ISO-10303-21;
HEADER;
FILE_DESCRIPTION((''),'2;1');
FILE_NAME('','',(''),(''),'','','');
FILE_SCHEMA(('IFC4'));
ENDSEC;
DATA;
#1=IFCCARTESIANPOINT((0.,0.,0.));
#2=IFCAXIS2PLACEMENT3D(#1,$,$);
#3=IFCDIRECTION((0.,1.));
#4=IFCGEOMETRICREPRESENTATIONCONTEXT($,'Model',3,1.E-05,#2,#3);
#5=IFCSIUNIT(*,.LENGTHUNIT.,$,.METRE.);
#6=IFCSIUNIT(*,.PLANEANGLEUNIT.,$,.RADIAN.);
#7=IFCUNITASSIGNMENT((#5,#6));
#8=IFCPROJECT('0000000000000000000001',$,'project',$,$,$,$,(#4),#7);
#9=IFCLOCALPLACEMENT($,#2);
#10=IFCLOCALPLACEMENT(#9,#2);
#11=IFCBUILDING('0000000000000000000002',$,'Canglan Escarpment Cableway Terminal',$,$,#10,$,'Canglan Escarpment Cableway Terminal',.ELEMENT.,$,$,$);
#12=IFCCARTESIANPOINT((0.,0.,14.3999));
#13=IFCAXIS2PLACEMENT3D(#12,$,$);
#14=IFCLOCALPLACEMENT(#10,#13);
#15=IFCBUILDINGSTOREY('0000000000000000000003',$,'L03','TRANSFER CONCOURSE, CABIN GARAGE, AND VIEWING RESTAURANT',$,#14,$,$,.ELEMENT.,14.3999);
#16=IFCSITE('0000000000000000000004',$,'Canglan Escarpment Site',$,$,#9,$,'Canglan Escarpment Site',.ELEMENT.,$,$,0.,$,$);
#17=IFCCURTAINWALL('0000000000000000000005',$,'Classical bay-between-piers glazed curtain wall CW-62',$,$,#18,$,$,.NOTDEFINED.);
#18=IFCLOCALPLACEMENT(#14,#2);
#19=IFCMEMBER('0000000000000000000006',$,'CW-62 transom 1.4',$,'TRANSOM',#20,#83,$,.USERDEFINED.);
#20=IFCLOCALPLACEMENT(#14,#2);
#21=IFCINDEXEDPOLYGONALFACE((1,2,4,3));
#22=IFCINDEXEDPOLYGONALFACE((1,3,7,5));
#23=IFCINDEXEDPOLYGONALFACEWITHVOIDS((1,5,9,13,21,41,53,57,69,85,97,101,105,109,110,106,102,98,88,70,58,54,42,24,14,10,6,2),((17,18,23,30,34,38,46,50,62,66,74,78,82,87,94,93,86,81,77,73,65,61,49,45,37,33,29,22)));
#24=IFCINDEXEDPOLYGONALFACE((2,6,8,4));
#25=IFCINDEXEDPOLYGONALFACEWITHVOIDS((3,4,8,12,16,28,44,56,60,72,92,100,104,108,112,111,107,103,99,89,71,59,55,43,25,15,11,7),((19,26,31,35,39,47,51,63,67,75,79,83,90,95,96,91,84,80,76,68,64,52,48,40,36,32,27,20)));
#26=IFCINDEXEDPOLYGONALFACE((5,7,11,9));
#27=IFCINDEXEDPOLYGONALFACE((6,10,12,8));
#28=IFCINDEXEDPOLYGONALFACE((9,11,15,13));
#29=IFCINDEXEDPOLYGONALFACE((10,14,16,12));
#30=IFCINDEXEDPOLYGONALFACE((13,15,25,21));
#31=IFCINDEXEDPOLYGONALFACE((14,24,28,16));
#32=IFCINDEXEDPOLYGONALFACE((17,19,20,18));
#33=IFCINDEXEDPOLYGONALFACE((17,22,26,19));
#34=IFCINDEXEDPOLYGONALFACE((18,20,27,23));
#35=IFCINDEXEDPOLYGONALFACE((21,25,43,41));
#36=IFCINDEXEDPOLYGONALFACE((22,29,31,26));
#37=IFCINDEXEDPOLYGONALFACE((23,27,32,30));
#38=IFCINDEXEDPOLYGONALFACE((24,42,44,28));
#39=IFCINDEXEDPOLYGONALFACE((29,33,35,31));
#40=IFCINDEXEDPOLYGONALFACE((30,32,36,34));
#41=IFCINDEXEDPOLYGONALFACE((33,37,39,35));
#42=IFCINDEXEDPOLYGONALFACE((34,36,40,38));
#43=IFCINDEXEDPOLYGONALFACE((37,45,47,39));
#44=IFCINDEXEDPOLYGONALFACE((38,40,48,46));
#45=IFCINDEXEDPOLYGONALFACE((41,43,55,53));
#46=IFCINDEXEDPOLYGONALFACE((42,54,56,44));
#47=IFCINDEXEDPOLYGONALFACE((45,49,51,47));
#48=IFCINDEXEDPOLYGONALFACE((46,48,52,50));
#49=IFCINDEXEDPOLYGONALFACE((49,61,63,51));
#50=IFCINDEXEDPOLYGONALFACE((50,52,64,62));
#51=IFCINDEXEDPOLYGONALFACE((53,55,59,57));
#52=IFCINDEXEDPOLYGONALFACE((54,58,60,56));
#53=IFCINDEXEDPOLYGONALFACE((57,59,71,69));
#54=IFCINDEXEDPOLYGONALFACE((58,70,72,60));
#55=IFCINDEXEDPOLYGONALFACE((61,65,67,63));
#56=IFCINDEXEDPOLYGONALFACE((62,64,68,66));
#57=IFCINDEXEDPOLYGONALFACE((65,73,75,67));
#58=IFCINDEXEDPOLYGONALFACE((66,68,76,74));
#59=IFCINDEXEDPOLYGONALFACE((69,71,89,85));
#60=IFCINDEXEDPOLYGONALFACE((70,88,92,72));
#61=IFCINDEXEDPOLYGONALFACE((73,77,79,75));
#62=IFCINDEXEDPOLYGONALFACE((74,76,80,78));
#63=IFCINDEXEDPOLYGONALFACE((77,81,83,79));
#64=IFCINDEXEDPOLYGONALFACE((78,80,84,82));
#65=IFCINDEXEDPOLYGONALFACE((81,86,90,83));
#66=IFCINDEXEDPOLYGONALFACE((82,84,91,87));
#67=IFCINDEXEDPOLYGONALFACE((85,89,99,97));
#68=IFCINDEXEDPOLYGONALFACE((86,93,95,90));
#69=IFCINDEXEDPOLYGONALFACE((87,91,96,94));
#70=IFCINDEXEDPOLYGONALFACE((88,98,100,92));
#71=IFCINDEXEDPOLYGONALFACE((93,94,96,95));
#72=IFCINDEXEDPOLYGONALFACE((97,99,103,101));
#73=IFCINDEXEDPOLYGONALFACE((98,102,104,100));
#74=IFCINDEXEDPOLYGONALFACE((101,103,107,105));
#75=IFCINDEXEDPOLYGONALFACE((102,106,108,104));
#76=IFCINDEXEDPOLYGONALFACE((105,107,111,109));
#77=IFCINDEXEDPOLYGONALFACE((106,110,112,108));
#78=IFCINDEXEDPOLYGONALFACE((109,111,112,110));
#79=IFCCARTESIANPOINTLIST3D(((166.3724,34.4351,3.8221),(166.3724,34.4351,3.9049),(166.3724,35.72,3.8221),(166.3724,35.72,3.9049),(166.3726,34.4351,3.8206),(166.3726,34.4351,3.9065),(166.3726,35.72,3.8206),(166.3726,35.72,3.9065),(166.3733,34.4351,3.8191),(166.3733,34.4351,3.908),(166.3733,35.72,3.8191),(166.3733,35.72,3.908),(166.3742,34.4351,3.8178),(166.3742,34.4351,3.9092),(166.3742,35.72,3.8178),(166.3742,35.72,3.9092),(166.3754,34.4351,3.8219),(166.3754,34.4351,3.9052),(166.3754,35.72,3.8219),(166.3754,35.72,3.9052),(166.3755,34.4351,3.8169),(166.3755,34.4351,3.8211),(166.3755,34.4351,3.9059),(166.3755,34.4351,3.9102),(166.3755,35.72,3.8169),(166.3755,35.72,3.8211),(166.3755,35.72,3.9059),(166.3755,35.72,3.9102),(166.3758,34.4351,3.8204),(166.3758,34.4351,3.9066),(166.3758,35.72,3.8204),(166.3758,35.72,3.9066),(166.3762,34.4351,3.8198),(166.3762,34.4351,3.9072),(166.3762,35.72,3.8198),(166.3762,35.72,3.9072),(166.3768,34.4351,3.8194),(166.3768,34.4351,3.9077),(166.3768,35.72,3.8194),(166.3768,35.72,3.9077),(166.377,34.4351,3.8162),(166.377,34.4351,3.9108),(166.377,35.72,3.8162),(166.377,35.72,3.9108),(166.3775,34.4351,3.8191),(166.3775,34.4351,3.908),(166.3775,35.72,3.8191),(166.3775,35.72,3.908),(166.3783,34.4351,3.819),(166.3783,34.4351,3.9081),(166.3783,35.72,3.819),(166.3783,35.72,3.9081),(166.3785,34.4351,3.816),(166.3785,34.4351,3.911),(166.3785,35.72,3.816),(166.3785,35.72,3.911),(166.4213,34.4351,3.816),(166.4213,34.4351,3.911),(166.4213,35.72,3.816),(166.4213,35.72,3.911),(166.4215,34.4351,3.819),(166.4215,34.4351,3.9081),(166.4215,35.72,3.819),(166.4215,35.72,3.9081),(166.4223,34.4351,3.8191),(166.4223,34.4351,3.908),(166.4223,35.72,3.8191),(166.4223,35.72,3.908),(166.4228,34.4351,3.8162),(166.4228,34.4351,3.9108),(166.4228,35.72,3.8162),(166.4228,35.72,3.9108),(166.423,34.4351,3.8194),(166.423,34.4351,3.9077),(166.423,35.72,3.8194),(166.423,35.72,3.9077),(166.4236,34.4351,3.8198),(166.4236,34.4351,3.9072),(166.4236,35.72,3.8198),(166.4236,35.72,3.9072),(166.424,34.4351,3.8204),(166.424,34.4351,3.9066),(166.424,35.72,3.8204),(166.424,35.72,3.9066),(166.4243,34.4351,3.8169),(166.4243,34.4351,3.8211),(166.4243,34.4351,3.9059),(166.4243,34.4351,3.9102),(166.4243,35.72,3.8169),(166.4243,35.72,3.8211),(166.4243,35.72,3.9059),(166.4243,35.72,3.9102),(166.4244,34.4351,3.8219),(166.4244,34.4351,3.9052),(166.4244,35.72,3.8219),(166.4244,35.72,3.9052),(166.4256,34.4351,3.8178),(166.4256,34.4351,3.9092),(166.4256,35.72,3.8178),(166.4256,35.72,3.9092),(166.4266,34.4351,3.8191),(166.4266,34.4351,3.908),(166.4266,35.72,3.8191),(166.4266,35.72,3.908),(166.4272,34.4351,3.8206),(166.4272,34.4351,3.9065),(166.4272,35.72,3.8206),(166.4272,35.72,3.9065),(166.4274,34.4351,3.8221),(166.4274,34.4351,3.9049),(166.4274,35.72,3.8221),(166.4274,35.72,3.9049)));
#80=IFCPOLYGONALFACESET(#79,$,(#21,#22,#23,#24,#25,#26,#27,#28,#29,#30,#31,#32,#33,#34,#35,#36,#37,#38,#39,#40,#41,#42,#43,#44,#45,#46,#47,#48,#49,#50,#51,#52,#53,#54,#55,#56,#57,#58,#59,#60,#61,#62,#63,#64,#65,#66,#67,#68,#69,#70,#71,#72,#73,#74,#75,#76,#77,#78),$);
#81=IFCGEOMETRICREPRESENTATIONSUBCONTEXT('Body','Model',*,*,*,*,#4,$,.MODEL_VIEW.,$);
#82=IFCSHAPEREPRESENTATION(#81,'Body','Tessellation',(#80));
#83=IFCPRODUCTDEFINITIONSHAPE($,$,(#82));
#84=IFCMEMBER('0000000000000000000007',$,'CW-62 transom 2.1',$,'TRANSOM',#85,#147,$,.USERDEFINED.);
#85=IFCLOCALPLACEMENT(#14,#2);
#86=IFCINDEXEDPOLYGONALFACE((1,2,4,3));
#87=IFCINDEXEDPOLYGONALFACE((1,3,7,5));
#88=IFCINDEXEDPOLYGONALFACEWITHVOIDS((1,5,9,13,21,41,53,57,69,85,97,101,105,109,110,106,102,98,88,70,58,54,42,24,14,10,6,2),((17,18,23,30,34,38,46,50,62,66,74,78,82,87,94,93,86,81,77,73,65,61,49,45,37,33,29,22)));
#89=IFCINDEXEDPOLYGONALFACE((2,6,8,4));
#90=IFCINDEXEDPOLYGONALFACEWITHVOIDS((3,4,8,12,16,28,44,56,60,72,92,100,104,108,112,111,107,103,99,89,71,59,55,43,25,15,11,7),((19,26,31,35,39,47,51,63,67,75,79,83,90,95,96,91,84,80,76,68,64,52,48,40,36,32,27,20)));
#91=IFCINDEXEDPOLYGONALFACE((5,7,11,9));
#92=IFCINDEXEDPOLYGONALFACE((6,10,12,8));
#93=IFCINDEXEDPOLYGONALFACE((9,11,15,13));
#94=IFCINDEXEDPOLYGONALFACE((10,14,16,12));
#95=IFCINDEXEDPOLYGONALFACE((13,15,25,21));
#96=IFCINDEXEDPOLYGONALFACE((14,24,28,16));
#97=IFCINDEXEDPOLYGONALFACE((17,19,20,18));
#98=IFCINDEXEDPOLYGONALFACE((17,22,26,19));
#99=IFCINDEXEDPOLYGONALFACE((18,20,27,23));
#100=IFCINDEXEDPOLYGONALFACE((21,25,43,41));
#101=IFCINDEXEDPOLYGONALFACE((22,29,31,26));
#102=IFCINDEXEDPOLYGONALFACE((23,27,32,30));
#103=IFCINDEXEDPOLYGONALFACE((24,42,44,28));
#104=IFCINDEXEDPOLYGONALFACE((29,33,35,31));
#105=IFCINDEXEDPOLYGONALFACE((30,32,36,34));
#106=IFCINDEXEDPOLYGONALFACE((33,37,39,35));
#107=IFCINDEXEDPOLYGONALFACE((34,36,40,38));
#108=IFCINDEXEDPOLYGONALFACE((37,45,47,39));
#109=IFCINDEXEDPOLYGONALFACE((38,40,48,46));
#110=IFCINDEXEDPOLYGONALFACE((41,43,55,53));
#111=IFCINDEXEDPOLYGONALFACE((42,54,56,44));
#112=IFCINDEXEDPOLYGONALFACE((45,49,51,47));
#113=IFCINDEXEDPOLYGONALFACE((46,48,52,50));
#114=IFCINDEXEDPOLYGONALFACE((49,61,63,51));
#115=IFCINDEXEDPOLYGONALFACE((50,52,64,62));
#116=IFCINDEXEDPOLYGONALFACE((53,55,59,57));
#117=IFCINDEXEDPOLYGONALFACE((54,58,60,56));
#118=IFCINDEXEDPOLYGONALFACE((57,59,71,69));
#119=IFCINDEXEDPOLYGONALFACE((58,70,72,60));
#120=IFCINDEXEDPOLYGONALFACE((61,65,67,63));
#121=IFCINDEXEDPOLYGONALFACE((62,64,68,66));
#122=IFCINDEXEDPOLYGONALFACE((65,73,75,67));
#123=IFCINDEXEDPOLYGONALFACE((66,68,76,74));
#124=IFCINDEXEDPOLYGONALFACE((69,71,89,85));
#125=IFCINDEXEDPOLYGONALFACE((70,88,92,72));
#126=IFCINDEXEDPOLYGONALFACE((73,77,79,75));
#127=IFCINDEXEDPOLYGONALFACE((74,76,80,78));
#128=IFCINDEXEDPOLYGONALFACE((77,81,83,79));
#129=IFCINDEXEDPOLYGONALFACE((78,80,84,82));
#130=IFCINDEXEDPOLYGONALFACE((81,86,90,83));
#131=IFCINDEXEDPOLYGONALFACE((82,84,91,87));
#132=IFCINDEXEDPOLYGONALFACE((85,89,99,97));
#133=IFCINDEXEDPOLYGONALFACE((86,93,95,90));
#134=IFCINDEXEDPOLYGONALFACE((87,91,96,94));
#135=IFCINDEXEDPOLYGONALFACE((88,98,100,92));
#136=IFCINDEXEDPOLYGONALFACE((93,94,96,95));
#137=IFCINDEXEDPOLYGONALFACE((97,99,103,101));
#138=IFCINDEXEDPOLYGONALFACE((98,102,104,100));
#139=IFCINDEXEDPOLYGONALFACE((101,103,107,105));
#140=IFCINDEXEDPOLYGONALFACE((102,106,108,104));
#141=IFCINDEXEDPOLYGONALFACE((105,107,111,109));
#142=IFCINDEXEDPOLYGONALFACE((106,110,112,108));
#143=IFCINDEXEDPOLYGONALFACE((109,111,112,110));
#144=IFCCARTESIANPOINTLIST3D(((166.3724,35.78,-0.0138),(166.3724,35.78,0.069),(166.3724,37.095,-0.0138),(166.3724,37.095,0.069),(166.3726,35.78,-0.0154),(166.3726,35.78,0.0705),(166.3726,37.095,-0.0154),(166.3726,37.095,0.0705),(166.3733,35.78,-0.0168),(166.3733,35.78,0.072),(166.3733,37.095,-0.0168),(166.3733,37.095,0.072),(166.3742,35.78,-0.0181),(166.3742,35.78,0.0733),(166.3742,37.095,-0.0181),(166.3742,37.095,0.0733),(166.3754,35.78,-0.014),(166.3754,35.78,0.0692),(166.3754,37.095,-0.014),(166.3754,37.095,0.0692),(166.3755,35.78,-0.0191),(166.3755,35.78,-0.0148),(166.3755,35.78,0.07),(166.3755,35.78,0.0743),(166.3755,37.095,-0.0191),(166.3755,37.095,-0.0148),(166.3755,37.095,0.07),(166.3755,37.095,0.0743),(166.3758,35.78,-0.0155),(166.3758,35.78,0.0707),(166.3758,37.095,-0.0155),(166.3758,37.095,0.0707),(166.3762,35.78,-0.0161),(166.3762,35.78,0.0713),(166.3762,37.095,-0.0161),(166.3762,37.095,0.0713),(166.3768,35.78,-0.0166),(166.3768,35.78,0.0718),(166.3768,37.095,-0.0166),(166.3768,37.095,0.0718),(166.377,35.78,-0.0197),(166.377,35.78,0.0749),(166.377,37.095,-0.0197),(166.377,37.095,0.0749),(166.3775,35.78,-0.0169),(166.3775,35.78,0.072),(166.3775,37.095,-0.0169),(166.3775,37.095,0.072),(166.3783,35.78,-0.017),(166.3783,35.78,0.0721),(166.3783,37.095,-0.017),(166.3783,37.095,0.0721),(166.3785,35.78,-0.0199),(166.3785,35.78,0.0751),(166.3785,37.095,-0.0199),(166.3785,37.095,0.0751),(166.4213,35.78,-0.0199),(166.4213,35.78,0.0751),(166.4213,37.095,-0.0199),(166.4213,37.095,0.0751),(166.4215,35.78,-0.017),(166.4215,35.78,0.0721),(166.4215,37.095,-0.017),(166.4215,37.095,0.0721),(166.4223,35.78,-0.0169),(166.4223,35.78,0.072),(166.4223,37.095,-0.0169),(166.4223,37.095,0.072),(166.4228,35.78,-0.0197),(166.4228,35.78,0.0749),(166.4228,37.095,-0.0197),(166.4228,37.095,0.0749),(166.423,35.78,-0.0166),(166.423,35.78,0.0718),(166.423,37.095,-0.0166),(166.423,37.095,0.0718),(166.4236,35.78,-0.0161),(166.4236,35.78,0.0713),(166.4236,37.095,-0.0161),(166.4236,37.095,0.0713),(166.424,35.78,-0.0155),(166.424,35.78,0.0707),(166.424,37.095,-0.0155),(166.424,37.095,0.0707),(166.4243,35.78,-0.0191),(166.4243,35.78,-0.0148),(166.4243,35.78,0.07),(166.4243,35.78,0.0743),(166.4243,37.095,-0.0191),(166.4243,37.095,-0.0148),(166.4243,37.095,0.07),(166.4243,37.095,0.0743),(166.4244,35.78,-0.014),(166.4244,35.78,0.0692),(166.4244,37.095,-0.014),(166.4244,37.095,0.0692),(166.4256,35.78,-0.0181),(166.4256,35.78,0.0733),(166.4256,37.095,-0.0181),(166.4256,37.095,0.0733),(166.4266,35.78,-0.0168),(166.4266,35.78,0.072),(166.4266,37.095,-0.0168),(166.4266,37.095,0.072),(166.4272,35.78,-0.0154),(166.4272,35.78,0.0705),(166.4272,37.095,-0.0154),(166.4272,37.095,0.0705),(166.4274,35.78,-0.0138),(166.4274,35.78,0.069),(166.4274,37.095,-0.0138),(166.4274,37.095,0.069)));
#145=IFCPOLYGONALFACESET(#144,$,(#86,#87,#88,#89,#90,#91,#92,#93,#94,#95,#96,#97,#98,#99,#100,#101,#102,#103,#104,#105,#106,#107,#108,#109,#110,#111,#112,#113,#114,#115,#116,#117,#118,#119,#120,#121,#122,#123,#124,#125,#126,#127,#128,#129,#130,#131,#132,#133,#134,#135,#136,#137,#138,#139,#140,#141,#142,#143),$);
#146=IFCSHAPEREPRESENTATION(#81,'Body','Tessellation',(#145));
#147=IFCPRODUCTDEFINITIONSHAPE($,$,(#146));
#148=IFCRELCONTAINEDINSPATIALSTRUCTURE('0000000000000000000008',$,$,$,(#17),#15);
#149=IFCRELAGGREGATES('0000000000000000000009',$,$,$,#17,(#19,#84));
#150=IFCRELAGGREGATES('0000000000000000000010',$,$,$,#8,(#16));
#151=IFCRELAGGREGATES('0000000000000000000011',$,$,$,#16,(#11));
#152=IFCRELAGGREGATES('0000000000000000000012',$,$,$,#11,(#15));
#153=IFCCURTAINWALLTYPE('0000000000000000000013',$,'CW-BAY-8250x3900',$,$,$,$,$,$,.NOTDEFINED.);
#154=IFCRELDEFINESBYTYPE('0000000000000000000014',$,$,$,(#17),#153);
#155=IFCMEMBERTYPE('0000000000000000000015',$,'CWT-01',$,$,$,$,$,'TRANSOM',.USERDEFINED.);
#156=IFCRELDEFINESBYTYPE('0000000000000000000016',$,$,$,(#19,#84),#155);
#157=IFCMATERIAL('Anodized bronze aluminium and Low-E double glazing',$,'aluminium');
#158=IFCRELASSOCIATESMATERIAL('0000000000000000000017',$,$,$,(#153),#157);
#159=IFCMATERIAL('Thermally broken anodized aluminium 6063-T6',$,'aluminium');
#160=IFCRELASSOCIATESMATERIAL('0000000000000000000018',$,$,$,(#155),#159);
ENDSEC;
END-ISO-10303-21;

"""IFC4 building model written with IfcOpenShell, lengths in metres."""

from ifc_helpers import new_model, si_unit, direction, frame, origin, origin_2d, place, context, subcontext, project, spatial, hollow_rectangle, extrude, material, material_profile, profile_set, type_object, element, aggregate, save


model = new_model("IFC4")

# Units and contexts
model_context = context("Model", 3, precision=1e-05, world=origin(), true_north=direction((0.0, 1.0)))
body_context = subcontext(model_context, "Body", "Model", "MODEL_VIEW")
ifc_project = project(units=[si_unit("LENGTHUNIT", "METRE"), si_unit("PLANEANGLEUNIT", "RADIAN")], contexts=[model_context])

# Site, building, storey
site_placement = place(None, origin())
site = spatial("IfcSite", under=ifc_project, at=site_placement, Name="Canglan Escarpment Site", LongName="Canglan Escarpment Site", CompositionType="ELEMENT", RefElevation=0.0)
building_placement = place(site_placement, origin())
building = spatial("IfcBuilding", under=site, at=building_placement, Name="Canglan Escarpment Cableway Terminal", LongName="Canglan Escarpment Cableway Terminal", CompositionType="ELEMENT")
storey_placement = place(building_placement, frame((0.0, 0.0, 14.3999)))
storey = spatial("IfcBuildingStorey", under=building, at=storey_placement, Name="L03", Description="TRANSFER CONCOURSE, CABIN GARAGE, AND VIEWING RESTAURANT", CompositionType="ELEMENT", Elevation=14.3999)

# Curtain wall
ifc_material_1 = material(Name="Anodized bronze aluminium and Low-E double glazing", Category="aluminium")
curtain_wall_type_1 = type_object("IfcCurtainWallType", Name="CW-BAY-8250x3900", PredefinedType="NOTDEFINED", material=ifc_material_1)
curtain_wall_1_placement = place(storey_placement, origin())
curtain_wall_1 = element("IfcCurtainWall", 1, at=curtain_wall_1_placement, inside=storey, type_object=curtain_wall_type_1, Name="Classical bay-between-piers glazed curtain wall CW-62", PredefinedType="NOTDEFINED")
ifc_material_2 = material(Name="Thermally broken anodized aluminium 6063-T6", Category="aluminium")

# Members
ifc_material_profile_1 = material_profile(ifc_material_2, hollow_rectangle(XDim=0.0549, YDim=0.095, WallThickness=0.0029, InnerFilletRadius=0.0029, OuterFilletRadius=0.0061, at=origin_2d()), Name="ALU-TRAN 55x95x3")
ifc_profile_set_1 = profile_set([ifc_material_profile_1], Name="Thermally broken anodized aluminium 6063-T6")
member_type_1 = type_object("IfcMemberType", Name="CWT-01", ElementType="TRANSOM", PredefinedType="USERDEFINED", material=ifc_profile_set_1)
member_1_placement = place(storey_placement, frame((166.3999, 34.4351, 3.8635), z_axis=(0.0, 1.0, 0.0), x_axis=(-1.0, 0.0, 0.0)))
member_1 = element("IfcMember", 2, at=member_1_placement, type_object=member_type_1, Name="CW-62 transom 1.4", ObjectType="TRANSOM", PredefinedType="USERDEFINED", context=body_context, shape_type="SweptSolid", body=[
    extrude(hollow_rectangle(XDim=0.0549, YDim=0.095, WallThickness=0.0029, InnerFilletRadius=0.0029, OuterFilletRadius=0.0061, at=origin_2d()), origin(), (0.0, 0.0, 1.0), 1.2849),
])
member_2_placement = place(storey_placement, frame((166.3999, 35.78, 0.0276), z_axis=(0.0, 1.0, 0.0), x_axis=(-1.0, 0.0, 0.0)))
member_2 = element("IfcMember", 3, at=member_2_placement, type_object=member_type_1, Name="CW-62 transom 2.1", ObjectType="TRANSOM", PredefinedType="USERDEFINED", context=body_context, shape_type="SweptSolid", body=[
    extrude(hollow_rectangle(XDim=0.0549, YDim=0.095, WallThickness=0.0029, InnerFilletRadius=0.0029, OuterFilletRadius=0.0061, at=origin_2d()), origin(), (0.0, 0.0, 1.0), 1.3149),
])

aggregate(curtain_wall_1, [member_1, member_2])

save(model, "model.ifc")
